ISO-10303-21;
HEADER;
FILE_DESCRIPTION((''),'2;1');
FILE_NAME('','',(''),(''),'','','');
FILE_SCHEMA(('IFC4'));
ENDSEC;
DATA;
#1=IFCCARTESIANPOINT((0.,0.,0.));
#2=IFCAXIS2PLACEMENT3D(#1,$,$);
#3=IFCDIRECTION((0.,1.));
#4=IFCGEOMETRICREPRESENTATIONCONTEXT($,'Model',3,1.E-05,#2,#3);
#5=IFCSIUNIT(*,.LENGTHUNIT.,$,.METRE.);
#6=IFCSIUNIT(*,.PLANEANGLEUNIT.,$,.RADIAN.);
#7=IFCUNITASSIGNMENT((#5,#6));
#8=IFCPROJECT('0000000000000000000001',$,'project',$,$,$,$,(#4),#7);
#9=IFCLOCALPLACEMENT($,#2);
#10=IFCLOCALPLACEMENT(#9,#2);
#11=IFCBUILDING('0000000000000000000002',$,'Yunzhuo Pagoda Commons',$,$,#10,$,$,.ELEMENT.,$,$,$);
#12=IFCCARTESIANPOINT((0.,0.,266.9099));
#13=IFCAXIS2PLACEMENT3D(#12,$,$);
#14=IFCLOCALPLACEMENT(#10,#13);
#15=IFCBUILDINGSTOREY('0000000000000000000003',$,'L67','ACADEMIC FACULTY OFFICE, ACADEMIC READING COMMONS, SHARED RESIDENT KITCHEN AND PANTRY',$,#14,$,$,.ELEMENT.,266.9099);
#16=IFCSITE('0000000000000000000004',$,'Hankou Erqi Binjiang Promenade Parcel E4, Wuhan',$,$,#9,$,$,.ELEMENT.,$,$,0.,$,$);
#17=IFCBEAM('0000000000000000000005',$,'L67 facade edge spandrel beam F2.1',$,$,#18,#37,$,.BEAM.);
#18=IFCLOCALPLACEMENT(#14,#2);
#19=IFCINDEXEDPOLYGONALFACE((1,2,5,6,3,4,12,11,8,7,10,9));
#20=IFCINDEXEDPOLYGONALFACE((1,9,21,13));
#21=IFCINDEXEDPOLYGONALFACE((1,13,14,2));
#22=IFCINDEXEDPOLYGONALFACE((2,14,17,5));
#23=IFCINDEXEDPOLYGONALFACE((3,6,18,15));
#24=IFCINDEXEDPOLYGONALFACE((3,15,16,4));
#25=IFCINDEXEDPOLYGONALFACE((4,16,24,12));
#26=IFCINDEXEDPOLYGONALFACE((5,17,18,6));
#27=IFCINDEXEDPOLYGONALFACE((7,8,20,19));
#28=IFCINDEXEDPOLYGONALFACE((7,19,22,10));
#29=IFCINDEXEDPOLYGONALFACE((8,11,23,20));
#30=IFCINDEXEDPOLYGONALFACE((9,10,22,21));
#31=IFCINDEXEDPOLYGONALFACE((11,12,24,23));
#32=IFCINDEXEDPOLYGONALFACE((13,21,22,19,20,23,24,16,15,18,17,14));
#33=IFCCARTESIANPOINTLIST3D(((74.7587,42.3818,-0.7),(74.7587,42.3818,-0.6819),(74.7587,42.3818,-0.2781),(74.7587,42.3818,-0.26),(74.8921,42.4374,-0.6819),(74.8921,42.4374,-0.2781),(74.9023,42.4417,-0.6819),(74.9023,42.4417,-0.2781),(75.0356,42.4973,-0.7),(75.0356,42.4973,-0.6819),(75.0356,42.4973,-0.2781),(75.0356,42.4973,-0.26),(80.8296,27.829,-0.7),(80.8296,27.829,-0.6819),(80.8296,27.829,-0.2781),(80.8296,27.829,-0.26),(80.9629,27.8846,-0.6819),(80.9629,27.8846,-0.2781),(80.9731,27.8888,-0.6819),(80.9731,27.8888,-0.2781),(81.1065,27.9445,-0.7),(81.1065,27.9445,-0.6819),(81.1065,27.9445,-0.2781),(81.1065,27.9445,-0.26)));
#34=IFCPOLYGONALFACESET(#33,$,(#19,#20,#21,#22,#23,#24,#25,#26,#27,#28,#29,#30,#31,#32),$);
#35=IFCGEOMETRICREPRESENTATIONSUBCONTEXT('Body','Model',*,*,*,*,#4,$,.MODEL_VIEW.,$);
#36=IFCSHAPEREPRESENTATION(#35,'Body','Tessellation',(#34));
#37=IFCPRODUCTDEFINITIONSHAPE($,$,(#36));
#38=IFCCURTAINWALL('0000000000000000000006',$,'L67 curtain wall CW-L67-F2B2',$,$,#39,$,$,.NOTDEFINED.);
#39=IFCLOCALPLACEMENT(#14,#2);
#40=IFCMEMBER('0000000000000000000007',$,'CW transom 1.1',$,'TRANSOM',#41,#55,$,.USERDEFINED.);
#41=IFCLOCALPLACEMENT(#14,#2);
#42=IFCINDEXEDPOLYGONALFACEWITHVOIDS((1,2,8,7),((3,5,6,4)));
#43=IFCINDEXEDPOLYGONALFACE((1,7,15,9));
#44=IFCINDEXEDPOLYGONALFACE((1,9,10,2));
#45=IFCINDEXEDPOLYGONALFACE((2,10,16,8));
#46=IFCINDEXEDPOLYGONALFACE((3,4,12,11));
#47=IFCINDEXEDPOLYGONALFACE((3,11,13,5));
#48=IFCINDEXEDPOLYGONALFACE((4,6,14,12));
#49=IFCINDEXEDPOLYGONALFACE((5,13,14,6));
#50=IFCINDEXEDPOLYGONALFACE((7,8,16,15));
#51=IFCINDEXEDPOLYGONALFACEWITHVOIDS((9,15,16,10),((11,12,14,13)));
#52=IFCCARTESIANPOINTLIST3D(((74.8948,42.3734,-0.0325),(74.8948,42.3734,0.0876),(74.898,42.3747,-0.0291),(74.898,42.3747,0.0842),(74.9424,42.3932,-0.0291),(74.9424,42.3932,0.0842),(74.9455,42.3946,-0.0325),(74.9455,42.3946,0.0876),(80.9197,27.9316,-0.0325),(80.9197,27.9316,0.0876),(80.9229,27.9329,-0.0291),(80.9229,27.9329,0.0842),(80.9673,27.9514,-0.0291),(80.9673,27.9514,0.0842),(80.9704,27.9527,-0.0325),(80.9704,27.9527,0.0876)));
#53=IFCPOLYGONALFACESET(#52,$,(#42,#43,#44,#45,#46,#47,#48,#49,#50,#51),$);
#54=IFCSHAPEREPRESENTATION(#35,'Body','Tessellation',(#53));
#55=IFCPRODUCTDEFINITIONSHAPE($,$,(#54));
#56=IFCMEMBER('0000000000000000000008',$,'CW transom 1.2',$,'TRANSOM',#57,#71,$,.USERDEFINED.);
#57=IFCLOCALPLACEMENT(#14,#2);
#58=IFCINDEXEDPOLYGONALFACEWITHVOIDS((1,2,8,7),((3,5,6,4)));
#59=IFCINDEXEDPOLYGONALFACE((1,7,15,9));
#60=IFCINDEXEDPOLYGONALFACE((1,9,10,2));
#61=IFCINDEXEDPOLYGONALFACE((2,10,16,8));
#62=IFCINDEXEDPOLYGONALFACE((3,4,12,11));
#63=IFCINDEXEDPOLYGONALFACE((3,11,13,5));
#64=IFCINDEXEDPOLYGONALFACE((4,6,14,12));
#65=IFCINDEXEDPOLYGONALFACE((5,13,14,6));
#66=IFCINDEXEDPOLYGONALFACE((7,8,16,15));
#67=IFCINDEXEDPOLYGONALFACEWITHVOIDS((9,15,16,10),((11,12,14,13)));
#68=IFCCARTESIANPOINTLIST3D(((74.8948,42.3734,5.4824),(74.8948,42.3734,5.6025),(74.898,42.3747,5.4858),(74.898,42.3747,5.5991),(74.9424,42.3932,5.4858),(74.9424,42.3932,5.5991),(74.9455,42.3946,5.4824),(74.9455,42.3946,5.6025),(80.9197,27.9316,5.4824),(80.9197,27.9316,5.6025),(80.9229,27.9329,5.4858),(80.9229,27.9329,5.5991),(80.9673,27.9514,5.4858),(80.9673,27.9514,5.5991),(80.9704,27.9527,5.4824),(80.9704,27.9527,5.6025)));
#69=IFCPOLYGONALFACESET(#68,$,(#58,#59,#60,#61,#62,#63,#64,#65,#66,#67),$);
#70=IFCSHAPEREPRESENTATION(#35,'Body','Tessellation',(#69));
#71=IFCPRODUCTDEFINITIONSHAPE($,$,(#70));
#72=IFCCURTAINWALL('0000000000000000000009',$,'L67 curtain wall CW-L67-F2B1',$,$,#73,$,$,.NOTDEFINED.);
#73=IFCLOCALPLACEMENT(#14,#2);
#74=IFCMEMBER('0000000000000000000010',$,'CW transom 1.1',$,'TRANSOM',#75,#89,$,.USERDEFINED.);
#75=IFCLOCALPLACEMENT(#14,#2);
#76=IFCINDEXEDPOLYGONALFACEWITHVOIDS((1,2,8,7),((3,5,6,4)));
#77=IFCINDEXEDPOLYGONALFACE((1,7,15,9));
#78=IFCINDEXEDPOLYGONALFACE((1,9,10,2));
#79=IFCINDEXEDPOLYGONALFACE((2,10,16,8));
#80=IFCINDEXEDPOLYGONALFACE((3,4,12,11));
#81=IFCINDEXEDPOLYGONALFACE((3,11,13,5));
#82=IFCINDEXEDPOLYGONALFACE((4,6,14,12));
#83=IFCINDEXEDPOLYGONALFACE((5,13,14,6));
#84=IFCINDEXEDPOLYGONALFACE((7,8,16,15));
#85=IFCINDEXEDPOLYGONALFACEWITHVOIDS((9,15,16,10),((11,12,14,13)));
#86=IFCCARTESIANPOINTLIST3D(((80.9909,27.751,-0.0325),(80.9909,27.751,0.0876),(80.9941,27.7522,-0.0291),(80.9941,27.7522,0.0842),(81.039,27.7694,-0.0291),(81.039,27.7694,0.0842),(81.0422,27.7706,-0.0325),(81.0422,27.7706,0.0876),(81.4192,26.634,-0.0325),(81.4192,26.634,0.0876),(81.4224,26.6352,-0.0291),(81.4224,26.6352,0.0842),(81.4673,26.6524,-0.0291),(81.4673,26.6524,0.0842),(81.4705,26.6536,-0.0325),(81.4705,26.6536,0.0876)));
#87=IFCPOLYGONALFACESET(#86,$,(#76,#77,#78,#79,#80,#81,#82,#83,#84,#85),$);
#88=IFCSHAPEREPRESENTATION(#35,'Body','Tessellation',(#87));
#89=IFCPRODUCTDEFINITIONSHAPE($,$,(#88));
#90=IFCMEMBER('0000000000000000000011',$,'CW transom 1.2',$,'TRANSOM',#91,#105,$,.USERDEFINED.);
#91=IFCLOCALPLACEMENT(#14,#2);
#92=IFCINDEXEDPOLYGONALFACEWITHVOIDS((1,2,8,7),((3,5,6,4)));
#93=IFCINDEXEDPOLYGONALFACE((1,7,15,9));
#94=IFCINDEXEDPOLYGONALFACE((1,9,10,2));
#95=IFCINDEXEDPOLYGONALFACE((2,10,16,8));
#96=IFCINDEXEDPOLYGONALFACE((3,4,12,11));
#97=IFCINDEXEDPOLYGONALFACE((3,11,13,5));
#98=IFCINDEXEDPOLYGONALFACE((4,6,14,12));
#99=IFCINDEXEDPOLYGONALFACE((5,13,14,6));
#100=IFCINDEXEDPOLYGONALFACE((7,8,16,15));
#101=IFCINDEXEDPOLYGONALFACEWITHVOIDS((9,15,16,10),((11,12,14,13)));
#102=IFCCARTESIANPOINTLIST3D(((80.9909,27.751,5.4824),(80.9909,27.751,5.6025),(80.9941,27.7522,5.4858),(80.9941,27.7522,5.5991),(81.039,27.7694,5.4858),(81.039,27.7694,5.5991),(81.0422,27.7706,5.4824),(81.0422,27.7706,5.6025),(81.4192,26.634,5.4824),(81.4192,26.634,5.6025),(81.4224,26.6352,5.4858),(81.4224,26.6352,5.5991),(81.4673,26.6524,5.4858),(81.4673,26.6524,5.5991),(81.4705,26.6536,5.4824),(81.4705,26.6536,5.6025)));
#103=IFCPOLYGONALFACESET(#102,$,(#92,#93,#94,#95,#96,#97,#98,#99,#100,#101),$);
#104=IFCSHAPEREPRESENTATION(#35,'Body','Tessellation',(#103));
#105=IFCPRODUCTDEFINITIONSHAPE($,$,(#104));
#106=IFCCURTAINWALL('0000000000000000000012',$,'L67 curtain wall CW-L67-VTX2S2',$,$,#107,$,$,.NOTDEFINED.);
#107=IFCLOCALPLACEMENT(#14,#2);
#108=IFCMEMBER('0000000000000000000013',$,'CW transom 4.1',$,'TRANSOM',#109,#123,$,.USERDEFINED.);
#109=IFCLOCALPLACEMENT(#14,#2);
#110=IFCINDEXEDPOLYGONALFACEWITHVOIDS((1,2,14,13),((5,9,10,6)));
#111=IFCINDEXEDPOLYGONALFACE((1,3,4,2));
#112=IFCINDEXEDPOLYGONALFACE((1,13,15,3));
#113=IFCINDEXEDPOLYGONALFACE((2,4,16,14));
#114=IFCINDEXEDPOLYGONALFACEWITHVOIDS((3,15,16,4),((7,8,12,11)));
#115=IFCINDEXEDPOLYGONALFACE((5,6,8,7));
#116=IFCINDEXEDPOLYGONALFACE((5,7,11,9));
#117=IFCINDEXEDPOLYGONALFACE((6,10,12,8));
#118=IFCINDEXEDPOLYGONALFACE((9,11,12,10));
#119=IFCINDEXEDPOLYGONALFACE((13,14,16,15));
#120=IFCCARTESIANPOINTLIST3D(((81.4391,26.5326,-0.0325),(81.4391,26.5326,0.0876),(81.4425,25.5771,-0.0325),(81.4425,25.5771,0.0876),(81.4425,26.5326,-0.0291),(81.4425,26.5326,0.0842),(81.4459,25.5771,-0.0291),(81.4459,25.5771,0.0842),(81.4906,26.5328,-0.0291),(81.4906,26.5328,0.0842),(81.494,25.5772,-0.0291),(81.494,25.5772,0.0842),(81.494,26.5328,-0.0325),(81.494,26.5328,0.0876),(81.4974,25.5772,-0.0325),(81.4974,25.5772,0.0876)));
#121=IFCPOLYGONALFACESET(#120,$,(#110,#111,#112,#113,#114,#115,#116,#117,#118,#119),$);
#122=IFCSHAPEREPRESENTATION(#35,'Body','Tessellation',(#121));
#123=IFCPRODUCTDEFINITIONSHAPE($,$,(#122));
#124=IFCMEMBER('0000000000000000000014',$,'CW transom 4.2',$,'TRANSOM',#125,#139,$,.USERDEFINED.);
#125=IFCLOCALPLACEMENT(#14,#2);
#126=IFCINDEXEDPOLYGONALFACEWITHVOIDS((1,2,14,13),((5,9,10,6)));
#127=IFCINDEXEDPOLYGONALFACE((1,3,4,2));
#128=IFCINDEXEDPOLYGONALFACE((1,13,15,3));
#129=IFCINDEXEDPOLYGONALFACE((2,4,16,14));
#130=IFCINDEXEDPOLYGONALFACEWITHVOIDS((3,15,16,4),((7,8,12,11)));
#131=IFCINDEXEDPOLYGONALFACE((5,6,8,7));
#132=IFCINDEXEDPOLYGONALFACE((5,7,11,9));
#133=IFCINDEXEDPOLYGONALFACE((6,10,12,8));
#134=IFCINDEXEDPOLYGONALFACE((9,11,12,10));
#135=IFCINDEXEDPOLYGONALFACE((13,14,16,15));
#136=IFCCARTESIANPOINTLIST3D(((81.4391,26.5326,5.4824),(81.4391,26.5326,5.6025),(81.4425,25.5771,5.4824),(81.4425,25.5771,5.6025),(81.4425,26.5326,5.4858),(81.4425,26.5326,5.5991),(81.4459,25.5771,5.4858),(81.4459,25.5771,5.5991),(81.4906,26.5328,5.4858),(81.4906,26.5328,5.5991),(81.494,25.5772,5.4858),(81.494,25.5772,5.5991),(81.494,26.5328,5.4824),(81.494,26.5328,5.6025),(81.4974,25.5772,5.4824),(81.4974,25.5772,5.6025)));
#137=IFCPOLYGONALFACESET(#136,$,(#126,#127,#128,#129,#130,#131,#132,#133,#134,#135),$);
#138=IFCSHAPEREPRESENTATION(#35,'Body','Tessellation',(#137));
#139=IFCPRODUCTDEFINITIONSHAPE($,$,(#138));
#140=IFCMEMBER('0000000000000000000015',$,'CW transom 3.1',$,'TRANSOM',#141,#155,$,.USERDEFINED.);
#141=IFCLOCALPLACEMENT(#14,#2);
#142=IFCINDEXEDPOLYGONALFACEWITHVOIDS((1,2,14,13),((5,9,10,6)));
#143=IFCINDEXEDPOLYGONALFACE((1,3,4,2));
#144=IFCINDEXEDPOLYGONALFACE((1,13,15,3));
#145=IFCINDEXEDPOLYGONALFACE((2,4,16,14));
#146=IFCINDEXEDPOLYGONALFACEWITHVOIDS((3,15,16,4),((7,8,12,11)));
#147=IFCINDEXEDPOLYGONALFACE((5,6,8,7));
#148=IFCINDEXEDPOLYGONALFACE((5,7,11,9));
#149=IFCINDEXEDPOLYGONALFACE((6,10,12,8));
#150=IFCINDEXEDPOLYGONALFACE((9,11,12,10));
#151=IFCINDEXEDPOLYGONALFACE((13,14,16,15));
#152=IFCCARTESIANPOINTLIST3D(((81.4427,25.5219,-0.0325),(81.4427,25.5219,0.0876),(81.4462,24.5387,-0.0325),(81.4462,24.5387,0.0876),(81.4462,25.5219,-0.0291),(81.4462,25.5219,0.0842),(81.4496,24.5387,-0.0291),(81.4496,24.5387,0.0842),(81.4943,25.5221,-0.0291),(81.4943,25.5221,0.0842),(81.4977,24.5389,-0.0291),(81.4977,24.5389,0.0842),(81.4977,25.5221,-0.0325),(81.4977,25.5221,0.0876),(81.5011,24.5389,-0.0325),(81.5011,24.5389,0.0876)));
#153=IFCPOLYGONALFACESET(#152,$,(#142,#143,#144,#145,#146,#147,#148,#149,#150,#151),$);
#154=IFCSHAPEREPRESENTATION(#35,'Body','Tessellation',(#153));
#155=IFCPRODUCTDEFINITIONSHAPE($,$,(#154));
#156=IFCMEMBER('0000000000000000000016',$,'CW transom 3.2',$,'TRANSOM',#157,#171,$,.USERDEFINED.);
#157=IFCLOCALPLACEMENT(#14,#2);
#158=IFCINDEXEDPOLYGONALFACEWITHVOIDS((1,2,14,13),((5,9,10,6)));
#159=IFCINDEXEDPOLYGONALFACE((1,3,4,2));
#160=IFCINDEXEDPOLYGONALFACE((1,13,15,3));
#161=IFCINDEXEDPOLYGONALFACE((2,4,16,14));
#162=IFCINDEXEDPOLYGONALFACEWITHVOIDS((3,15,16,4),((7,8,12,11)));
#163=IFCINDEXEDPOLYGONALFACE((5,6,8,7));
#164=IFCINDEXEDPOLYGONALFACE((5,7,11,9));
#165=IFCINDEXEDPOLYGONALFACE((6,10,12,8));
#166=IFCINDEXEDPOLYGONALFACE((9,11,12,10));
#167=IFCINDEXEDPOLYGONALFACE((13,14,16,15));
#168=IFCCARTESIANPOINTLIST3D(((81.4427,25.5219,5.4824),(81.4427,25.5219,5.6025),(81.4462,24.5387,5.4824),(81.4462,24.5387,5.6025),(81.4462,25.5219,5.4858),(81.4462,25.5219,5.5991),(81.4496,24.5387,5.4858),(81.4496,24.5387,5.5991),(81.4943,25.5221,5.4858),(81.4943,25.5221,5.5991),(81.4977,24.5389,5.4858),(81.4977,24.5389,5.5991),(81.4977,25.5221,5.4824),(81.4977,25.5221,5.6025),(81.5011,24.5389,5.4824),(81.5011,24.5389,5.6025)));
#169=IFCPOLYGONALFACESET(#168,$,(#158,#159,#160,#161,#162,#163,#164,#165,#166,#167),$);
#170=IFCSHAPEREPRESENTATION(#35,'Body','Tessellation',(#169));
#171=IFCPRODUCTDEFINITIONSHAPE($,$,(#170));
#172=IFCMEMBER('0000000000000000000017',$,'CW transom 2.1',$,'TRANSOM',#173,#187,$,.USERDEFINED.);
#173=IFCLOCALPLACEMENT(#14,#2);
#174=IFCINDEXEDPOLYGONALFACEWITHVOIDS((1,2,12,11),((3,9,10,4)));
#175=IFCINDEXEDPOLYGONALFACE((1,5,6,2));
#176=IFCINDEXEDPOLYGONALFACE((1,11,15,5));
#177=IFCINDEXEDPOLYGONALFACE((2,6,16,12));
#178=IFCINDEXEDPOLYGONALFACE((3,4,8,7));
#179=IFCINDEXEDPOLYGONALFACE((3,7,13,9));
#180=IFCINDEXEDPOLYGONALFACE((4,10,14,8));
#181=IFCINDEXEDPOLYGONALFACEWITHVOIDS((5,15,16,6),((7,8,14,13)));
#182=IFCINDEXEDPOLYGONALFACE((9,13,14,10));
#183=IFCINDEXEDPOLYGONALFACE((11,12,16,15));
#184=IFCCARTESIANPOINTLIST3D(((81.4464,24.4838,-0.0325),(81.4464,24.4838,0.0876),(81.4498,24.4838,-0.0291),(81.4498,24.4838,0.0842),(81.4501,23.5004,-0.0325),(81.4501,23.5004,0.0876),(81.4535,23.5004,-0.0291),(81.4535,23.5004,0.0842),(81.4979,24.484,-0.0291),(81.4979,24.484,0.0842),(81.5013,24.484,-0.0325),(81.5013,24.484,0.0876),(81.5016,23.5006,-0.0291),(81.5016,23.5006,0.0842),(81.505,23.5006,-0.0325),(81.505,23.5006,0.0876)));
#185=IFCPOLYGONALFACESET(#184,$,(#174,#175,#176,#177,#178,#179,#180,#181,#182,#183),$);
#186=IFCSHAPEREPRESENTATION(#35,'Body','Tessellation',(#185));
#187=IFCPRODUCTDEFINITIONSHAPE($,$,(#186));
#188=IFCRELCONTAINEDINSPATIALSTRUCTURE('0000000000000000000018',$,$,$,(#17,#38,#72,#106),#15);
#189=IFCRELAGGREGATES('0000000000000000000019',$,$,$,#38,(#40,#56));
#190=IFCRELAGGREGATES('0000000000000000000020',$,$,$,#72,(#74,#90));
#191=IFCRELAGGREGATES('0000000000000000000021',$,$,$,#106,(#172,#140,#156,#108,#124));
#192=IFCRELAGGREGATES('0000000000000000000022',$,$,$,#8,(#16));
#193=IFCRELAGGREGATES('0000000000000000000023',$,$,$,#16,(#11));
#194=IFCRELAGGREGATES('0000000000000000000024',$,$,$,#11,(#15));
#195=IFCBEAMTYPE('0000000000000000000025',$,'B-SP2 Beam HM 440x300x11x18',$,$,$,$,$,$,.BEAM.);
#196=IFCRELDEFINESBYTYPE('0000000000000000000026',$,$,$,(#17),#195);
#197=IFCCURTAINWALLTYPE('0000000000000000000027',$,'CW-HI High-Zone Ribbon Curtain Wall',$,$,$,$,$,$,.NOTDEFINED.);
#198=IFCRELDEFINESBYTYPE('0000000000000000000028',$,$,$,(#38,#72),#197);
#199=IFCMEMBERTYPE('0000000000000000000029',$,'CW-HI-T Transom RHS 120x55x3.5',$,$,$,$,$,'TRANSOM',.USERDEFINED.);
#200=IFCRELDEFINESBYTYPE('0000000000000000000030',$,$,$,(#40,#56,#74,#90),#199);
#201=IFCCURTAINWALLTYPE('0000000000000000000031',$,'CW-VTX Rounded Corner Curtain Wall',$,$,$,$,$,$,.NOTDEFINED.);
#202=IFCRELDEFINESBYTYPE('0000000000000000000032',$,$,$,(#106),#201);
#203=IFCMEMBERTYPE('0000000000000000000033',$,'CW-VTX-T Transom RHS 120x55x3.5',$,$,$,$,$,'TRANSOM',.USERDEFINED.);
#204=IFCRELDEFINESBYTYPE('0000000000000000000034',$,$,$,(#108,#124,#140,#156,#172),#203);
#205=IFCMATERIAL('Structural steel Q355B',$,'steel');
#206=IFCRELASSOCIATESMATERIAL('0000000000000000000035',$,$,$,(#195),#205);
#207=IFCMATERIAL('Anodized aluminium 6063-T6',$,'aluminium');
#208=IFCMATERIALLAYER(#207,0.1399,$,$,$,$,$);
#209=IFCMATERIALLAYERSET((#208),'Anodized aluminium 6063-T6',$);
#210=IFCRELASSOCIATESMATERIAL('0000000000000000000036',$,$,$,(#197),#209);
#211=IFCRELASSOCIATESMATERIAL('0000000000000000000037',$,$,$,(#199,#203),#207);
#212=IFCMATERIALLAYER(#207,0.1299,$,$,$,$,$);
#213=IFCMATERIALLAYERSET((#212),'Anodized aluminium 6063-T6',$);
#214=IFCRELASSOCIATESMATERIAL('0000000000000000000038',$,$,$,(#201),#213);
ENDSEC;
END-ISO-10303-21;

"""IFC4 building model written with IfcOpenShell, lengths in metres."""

from ifc_helpers import new_model, si_unit, direction, frame, origin, origin_2d, place, context, subcontext, project, spatial, hollow_rectangle, i_section, extrude, source, transform, mapped, material, layer, layer_set, material_profile, profile_set, type_object, element, aggregate, save


model = new_model("IFC4")

# Units and contexts
model_context = context("Model", 3, precision=1e-05, world=origin(), true_north=direction((0.0, 1.0)))
body_context = subcontext(model_context, "Body", "Model", "MODEL_VIEW")
ifc_project = project(units=[si_unit("LENGTHUNIT", "METRE"), si_unit("PLANEANGLEUNIT", "RADIAN")], contexts=[model_context])

# Site, building, storey
site_placement = place(None, origin())
site = spatial("IfcSite", under=ifc_project, at=site_placement, Name="Hankou Erqi Binjiang Promenade Parcel E4, Wuhan", CompositionType="ELEMENT", RefElevation=0.0)
building_placement = place(site_placement, origin())
building = spatial("IfcBuilding", under=site, at=building_placement, Name="Yunzhuo Pagoda Commons", CompositionType="ELEMENT")
storey_placement = place(building_placement, frame((0.0, 0.0, 266.9099)))
storey = spatial("IfcBuildingStorey", under=building, at=storey_placement, Name="L67", Description="ACADEMIC FACULTY OFFICE, ACADEMIC READING COMMONS, SHARED RESIDENT KITCHEN AND PANTRY", CompositionType="ELEMENT", Elevation=266.9099)

# Beam
ifc_material_1 = material(Name="Structural steel Q355B", Category="steel")
ifc_material_profile_1 = material_profile(ifc_material_1, i_section(OverallWidth=0.3, OverallDepth=0.4399, WebThickness=0.011, FlangeThickness=0.0181, at=origin_2d()), Name="Structural steel Q355B")
ifc_profile_set_1 = profile_set([ifc_material_profile_1], Name="Structural steel Q355B")
beam_type = type_object("IfcBeamType", Name="B-SP2 Beam HM 440x300x11x18", PredefinedType="BEAM", material=ifc_profile_set_1)
shared_shape_1 = source(origin(), body_context, "Body", "SweptSolid", [
    extrude(i_section(OverallWidth=0.3, OverallDepth=0.4399, WebThickness=0.011, FlangeThickness=0.0181, at=origin_2d()), origin(), (0.0, 0.0, 1.0), 15.7683),
])
beam_placement = place(storey_placement, frame((80.968, 27.8867, -0.48), z_axis=(-0.385002, 0.922916, 0.0), x_axis=(-0.922916, -0.385002, 0.0)))
element("IfcBeam", 1, at=beam_placement, inside=storey, type_object=beam_type, Name="L67 facade edge spandrel beam F2.1", PredefinedType="BEAM", context=body_context, shape_type="MappedRepresentation", body=[
    mapped(shared_shape_1, transform((0.0, 0.0, 0.0), scale=1.0)),
])

# Curtain walls, members
ifc_material_2 = material(Name="Anodized aluminium 6063-T6", Category="aluminium")
ifc_layer_1 = layer(ifc_material_2, 0.1399)
ifc_layer_set_1 = layer_set([ifc_layer_1], Name="Anodized aluminium 6063-T6")
curtain_wall_type_1 = type_object("IfcCurtainWallType", Name="CW-HI High-Zone Ribbon Curtain Wall", PredefinedType="NOTDEFINED", material=ifc_layer_set_1)
curtain_wall_1_placement = place(storey_placement, origin())
curtain_wall_1 = element("IfcCurtainWall", 2, at=curtain_wall_1_placement, inside=storey, type_object=curtain_wall_type_1, Name="L67 curtain wall CW-L67-F2B2", PredefinedType="NOTDEFINED")
ifc_material_profile_2 = material_profile(ifc_material_2, hollow_rectangle(XDim=0.0549, YDim=0.1201, WallThickness=0.0034, at=origin_2d()), Name="Anodized aluminium 6063-T6")
ifc_profile_set_2 = profile_set([ifc_material_profile_2], Name="Anodized aluminium 6063-T6")
member_type_1 = type_object("IfcMemberType", Name="CW-HI-T Transom RHS 120x55x3.5", ElementType="TRANSOM", PredefinedType="USERDEFINED", material=ifc_profile_set_2)
shared_shape_2 = source(origin(), body_context, "Body", "SweptSolid", [
    extrude(hollow_rectangle(XDim=0.0549, YDim=0.1201, WallThickness=0.0034, at=origin_2d()), origin(), (0.0, 0.0, 1.0), 15.6482),
])
member_1_placement = place(storey_placement, frame((80.9451, 27.9421, 0.0276), z_axis=(-0.385021, 0.922908, 0.0), x_axis=(-0.922908, -0.385021, 0.0)))
member_1 = element("IfcMember", 3, at=member_1_placement, type_object=member_type_1, Name="CW transom 1.1", ObjectType="TRANSOM", PredefinedType="USERDEFINED", context=body_context, shape_type="MappedRepresentation", body=[
    mapped(shared_shape_2, transform((0.0, 0.0, 0.0), scale=1.0)),
])
member_2_placement = place(storey_placement, frame((80.9451, 27.9421, 5.5425), z_axis=(-0.385021, 0.922908, 0.0), x_axis=(-0.922908, -0.385021, 0.0)))
member_2 = element("IfcMember", 4, at=member_2_placement, type_object=member_type_1, Name="CW transom 1.2", ObjectType="TRANSOM", PredefinedType="USERDEFINED", context=body_context, shape_type="MappedRepresentation", body=[
    mapped(shared_shape_2, transform((0.0, 0.0, 0.0), scale=1.0)),
])
curtain_wall_2_placement = place(storey_placement, origin())
curtain_wall_2 = element("IfcCurtainWall", 5, at=curtain_wall_2_placement, inside=storey, type_object=curtain_wall_type_1, Name="L67 curtain wall CW-L67-F2B1", PredefinedType="NOTDEFINED")
shared_shape_3 = source(origin(), body_context, "Body", "SweptSolid", [
    extrude(hollow_rectangle(XDim=0.0549, YDim=0.1201, WallThickness=0.0034, at=origin_2d()), origin(), (0.0, 0.0, 1.0), 1.1963),
])
member_3_placement = place(storey_placement, frame((81.4448, 26.6438, 0.0276), z_axis=(-0.35798, 0.933729, 0.0), x_axis=(-0.933729, -0.35798, 0.0)))
member_3 = element("IfcMember", 6, at=member_3_placement, type_object=member_type_1, Name="CW transom 1.1", ObjectType="TRANSOM", PredefinedType="USERDEFINED", context=body_context, shape_type="MappedRepresentation", body=[
    mapped(shared_shape_3, transform((0.0, 0.0, 0.0), scale=1.0)),
])
member_4_placement = place(storey_placement, frame((81.4448, 26.6438, 5.5425), z_axis=(-0.35798, 0.933729, 0.0), x_axis=(-0.933729, -0.35798, 0.0)))
member_4 = element("IfcMember", 7, at=member_4_placement, type_object=member_type_1, Name="CW transom 1.2", ObjectType="TRANSOM", PredefinedType="USERDEFINED", context=body_context, shape_type="MappedRepresentation", body=[
    mapped(shared_shape_3, transform((0.0, 0.0, 0.0), scale=1.0)),
])
ifc_layer_2 = layer(ifc_material_2, 0.1299)
ifc_layer_set_2 = layer_set([ifc_layer_2], Name="Anodized aluminium 6063-T6")
curtain_wall_type_2 = type_object("IfcCurtainWallType", Name="CW-VTX Rounded Corner Curtain Wall", PredefinedType="NOTDEFINED", material=ifc_layer_set_2)
curtain_wall_3_placement = place(storey_placement, origin())
curtain_wall_3 = element("IfcCurtainWall", 8, at=curtain_wall_3_placement, inside=storey, type_object=curtain_wall_type_2, Name="L67 curtain wall CW-L67-VTX2S2", PredefinedType="NOTDEFINED")
ifc_material_profile_3 = material_profile(ifc_material_2, hollow_rectangle(XDim=0.0549, YDim=0.1201, WallThickness=0.0034, at=origin_2d()), Name="Anodized aluminium 6063-T6")
ifc_profile_set_3 = profile_set([ifc_material_profile_3], Name="Anodized aluminium 6063-T6")
member_type_2 = type_object("IfcMemberType", Name="CW-VTX-T Transom RHS 120x55x3.5", ElementType="TRANSOM", PredefinedType="USERDEFINED", material=ifc_profile_set_3)
shared_shape_4 = source(origin(), body_context, "Body", "SweptSolid", [
    extrude(hollow_rectangle(XDim=0.0549, YDim=0.1201, WallThickness=0.0034, at=origin_2d()), origin(), (0.0, 0.0, 1.0), 0.9556),
])
member_5_placement = place(storey_placement, frame((81.47, 25.5771, 0.0276), z_axis=(-0.003577, 0.999994, 0.0), x_axis=(-0.999994, -0.003577, 0.0)))
member_5 = element("IfcMember", 9, at=member_5_placement, type_object=member_type_2, Name="CW transom 4.1", ObjectType="TRANSOM", PredefinedType="USERDEFINED", context=body_context, shape_type="MappedRepresentation", body=[
    mapped(shared_shape_4, transform((0.0, 0.0, 0.0), scale=1.0)),
])
member_6_placement = place(storey_placement, frame((81.47, 25.5771, 5.5425), z_axis=(-0.003577, 0.999994, 0.0), x_axis=(-0.999994, -0.003577, 0.0)))
member_6 = element("IfcMember", 10, at=member_6_placement, type_object=member_type_2, Name="CW transom 4.2", ObjectType="TRANSOM", PredefinedType="USERDEFINED", context=body_context, shape_type="MappedRepresentation", body=[
    mapped(shared_shape_4, transform((0.0, 0.0, 0.0), scale=1.0)),
])
shared_shape_5 = source(origin(), body_context, "Body", "SweptSolid", [
    extrude(hollow_rectangle(XDim=0.0549, YDim=0.1201, WallThickness=0.0034, at=origin_2d()), origin(), (0.0, 0.0, 1.0), 0.9832),
])
member_7_placement = place(storey_placement, frame((81.4736, 24.5388, 0.0276), z_axis=(-0.003477, 0.999994, 0.0), x_axis=(-0.999994, -0.003477, 0.0)))
member_7 = element("IfcMember", 11, at=member_7_placement, type_object=member_type_2, Name="CW transom 3.1", ObjectType="TRANSOM", PredefinedType="USERDEFINED", context=body_context, shape_type="MappedRepresentation", body=[
    mapped(shared_shape_5, transform((0.0, 0.0, 0.0), scale=1.0)),
])
member_8_placement = place(storey_placement, frame((81.4736, 24.5388, 5.5425), z_axis=(-0.003477, 0.999994, 0.0), x_axis=(-0.999994, -0.003477, 0.0)))
member_8 = element("IfcMember", 12, at=member_8_placement, type_object=member_type_2, Name="CW transom 3.2", ObjectType="TRANSOM", PredefinedType="USERDEFINED", context=body_context, shape_type="MappedRepresentation", body=[
    mapped(shared_shape_5, transform((0.0, 0.0, 0.0), scale=1.0)),
])
shared_shape_6 = source(origin(), body_context, "Body", "SweptSolid", [
    extrude(hollow_rectangle(XDim=0.0549, YDim=0.1201, WallThickness=0.0034, at=origin_2d()), origin(), (0.0, 0.0, 1.0), 0.9834),
])
member_9_placement = place(storey_placement, frame((81.4775, 23.5005, 0.0276), z_axis=(-0.003724, 0.999993, 0.0), x_axis=(-0.999993, -0.003724, 0.0)))
member_9 = element("IfcMember", 13, at=member_9_placement, type_object=member_type_2, Name="CW transom 2.1", ObjectType="TRANSOM", PredefinedType="USERDEFINED", context=body_context, shape_type="MappedRepresentation", body=[
    mapped(shared_shape_6, transform((0.0, 0.0, 0.0), scale=1.0)),
])

aggregate(curtain_wall_1, [member_1, member_2])

aggregate(curtain_wall_2, [member_3, member_4])

aggregate(curtain_wall_3, [member_9, member_7, member_8, member_5, member_6])

save(model, "model.ifc")
